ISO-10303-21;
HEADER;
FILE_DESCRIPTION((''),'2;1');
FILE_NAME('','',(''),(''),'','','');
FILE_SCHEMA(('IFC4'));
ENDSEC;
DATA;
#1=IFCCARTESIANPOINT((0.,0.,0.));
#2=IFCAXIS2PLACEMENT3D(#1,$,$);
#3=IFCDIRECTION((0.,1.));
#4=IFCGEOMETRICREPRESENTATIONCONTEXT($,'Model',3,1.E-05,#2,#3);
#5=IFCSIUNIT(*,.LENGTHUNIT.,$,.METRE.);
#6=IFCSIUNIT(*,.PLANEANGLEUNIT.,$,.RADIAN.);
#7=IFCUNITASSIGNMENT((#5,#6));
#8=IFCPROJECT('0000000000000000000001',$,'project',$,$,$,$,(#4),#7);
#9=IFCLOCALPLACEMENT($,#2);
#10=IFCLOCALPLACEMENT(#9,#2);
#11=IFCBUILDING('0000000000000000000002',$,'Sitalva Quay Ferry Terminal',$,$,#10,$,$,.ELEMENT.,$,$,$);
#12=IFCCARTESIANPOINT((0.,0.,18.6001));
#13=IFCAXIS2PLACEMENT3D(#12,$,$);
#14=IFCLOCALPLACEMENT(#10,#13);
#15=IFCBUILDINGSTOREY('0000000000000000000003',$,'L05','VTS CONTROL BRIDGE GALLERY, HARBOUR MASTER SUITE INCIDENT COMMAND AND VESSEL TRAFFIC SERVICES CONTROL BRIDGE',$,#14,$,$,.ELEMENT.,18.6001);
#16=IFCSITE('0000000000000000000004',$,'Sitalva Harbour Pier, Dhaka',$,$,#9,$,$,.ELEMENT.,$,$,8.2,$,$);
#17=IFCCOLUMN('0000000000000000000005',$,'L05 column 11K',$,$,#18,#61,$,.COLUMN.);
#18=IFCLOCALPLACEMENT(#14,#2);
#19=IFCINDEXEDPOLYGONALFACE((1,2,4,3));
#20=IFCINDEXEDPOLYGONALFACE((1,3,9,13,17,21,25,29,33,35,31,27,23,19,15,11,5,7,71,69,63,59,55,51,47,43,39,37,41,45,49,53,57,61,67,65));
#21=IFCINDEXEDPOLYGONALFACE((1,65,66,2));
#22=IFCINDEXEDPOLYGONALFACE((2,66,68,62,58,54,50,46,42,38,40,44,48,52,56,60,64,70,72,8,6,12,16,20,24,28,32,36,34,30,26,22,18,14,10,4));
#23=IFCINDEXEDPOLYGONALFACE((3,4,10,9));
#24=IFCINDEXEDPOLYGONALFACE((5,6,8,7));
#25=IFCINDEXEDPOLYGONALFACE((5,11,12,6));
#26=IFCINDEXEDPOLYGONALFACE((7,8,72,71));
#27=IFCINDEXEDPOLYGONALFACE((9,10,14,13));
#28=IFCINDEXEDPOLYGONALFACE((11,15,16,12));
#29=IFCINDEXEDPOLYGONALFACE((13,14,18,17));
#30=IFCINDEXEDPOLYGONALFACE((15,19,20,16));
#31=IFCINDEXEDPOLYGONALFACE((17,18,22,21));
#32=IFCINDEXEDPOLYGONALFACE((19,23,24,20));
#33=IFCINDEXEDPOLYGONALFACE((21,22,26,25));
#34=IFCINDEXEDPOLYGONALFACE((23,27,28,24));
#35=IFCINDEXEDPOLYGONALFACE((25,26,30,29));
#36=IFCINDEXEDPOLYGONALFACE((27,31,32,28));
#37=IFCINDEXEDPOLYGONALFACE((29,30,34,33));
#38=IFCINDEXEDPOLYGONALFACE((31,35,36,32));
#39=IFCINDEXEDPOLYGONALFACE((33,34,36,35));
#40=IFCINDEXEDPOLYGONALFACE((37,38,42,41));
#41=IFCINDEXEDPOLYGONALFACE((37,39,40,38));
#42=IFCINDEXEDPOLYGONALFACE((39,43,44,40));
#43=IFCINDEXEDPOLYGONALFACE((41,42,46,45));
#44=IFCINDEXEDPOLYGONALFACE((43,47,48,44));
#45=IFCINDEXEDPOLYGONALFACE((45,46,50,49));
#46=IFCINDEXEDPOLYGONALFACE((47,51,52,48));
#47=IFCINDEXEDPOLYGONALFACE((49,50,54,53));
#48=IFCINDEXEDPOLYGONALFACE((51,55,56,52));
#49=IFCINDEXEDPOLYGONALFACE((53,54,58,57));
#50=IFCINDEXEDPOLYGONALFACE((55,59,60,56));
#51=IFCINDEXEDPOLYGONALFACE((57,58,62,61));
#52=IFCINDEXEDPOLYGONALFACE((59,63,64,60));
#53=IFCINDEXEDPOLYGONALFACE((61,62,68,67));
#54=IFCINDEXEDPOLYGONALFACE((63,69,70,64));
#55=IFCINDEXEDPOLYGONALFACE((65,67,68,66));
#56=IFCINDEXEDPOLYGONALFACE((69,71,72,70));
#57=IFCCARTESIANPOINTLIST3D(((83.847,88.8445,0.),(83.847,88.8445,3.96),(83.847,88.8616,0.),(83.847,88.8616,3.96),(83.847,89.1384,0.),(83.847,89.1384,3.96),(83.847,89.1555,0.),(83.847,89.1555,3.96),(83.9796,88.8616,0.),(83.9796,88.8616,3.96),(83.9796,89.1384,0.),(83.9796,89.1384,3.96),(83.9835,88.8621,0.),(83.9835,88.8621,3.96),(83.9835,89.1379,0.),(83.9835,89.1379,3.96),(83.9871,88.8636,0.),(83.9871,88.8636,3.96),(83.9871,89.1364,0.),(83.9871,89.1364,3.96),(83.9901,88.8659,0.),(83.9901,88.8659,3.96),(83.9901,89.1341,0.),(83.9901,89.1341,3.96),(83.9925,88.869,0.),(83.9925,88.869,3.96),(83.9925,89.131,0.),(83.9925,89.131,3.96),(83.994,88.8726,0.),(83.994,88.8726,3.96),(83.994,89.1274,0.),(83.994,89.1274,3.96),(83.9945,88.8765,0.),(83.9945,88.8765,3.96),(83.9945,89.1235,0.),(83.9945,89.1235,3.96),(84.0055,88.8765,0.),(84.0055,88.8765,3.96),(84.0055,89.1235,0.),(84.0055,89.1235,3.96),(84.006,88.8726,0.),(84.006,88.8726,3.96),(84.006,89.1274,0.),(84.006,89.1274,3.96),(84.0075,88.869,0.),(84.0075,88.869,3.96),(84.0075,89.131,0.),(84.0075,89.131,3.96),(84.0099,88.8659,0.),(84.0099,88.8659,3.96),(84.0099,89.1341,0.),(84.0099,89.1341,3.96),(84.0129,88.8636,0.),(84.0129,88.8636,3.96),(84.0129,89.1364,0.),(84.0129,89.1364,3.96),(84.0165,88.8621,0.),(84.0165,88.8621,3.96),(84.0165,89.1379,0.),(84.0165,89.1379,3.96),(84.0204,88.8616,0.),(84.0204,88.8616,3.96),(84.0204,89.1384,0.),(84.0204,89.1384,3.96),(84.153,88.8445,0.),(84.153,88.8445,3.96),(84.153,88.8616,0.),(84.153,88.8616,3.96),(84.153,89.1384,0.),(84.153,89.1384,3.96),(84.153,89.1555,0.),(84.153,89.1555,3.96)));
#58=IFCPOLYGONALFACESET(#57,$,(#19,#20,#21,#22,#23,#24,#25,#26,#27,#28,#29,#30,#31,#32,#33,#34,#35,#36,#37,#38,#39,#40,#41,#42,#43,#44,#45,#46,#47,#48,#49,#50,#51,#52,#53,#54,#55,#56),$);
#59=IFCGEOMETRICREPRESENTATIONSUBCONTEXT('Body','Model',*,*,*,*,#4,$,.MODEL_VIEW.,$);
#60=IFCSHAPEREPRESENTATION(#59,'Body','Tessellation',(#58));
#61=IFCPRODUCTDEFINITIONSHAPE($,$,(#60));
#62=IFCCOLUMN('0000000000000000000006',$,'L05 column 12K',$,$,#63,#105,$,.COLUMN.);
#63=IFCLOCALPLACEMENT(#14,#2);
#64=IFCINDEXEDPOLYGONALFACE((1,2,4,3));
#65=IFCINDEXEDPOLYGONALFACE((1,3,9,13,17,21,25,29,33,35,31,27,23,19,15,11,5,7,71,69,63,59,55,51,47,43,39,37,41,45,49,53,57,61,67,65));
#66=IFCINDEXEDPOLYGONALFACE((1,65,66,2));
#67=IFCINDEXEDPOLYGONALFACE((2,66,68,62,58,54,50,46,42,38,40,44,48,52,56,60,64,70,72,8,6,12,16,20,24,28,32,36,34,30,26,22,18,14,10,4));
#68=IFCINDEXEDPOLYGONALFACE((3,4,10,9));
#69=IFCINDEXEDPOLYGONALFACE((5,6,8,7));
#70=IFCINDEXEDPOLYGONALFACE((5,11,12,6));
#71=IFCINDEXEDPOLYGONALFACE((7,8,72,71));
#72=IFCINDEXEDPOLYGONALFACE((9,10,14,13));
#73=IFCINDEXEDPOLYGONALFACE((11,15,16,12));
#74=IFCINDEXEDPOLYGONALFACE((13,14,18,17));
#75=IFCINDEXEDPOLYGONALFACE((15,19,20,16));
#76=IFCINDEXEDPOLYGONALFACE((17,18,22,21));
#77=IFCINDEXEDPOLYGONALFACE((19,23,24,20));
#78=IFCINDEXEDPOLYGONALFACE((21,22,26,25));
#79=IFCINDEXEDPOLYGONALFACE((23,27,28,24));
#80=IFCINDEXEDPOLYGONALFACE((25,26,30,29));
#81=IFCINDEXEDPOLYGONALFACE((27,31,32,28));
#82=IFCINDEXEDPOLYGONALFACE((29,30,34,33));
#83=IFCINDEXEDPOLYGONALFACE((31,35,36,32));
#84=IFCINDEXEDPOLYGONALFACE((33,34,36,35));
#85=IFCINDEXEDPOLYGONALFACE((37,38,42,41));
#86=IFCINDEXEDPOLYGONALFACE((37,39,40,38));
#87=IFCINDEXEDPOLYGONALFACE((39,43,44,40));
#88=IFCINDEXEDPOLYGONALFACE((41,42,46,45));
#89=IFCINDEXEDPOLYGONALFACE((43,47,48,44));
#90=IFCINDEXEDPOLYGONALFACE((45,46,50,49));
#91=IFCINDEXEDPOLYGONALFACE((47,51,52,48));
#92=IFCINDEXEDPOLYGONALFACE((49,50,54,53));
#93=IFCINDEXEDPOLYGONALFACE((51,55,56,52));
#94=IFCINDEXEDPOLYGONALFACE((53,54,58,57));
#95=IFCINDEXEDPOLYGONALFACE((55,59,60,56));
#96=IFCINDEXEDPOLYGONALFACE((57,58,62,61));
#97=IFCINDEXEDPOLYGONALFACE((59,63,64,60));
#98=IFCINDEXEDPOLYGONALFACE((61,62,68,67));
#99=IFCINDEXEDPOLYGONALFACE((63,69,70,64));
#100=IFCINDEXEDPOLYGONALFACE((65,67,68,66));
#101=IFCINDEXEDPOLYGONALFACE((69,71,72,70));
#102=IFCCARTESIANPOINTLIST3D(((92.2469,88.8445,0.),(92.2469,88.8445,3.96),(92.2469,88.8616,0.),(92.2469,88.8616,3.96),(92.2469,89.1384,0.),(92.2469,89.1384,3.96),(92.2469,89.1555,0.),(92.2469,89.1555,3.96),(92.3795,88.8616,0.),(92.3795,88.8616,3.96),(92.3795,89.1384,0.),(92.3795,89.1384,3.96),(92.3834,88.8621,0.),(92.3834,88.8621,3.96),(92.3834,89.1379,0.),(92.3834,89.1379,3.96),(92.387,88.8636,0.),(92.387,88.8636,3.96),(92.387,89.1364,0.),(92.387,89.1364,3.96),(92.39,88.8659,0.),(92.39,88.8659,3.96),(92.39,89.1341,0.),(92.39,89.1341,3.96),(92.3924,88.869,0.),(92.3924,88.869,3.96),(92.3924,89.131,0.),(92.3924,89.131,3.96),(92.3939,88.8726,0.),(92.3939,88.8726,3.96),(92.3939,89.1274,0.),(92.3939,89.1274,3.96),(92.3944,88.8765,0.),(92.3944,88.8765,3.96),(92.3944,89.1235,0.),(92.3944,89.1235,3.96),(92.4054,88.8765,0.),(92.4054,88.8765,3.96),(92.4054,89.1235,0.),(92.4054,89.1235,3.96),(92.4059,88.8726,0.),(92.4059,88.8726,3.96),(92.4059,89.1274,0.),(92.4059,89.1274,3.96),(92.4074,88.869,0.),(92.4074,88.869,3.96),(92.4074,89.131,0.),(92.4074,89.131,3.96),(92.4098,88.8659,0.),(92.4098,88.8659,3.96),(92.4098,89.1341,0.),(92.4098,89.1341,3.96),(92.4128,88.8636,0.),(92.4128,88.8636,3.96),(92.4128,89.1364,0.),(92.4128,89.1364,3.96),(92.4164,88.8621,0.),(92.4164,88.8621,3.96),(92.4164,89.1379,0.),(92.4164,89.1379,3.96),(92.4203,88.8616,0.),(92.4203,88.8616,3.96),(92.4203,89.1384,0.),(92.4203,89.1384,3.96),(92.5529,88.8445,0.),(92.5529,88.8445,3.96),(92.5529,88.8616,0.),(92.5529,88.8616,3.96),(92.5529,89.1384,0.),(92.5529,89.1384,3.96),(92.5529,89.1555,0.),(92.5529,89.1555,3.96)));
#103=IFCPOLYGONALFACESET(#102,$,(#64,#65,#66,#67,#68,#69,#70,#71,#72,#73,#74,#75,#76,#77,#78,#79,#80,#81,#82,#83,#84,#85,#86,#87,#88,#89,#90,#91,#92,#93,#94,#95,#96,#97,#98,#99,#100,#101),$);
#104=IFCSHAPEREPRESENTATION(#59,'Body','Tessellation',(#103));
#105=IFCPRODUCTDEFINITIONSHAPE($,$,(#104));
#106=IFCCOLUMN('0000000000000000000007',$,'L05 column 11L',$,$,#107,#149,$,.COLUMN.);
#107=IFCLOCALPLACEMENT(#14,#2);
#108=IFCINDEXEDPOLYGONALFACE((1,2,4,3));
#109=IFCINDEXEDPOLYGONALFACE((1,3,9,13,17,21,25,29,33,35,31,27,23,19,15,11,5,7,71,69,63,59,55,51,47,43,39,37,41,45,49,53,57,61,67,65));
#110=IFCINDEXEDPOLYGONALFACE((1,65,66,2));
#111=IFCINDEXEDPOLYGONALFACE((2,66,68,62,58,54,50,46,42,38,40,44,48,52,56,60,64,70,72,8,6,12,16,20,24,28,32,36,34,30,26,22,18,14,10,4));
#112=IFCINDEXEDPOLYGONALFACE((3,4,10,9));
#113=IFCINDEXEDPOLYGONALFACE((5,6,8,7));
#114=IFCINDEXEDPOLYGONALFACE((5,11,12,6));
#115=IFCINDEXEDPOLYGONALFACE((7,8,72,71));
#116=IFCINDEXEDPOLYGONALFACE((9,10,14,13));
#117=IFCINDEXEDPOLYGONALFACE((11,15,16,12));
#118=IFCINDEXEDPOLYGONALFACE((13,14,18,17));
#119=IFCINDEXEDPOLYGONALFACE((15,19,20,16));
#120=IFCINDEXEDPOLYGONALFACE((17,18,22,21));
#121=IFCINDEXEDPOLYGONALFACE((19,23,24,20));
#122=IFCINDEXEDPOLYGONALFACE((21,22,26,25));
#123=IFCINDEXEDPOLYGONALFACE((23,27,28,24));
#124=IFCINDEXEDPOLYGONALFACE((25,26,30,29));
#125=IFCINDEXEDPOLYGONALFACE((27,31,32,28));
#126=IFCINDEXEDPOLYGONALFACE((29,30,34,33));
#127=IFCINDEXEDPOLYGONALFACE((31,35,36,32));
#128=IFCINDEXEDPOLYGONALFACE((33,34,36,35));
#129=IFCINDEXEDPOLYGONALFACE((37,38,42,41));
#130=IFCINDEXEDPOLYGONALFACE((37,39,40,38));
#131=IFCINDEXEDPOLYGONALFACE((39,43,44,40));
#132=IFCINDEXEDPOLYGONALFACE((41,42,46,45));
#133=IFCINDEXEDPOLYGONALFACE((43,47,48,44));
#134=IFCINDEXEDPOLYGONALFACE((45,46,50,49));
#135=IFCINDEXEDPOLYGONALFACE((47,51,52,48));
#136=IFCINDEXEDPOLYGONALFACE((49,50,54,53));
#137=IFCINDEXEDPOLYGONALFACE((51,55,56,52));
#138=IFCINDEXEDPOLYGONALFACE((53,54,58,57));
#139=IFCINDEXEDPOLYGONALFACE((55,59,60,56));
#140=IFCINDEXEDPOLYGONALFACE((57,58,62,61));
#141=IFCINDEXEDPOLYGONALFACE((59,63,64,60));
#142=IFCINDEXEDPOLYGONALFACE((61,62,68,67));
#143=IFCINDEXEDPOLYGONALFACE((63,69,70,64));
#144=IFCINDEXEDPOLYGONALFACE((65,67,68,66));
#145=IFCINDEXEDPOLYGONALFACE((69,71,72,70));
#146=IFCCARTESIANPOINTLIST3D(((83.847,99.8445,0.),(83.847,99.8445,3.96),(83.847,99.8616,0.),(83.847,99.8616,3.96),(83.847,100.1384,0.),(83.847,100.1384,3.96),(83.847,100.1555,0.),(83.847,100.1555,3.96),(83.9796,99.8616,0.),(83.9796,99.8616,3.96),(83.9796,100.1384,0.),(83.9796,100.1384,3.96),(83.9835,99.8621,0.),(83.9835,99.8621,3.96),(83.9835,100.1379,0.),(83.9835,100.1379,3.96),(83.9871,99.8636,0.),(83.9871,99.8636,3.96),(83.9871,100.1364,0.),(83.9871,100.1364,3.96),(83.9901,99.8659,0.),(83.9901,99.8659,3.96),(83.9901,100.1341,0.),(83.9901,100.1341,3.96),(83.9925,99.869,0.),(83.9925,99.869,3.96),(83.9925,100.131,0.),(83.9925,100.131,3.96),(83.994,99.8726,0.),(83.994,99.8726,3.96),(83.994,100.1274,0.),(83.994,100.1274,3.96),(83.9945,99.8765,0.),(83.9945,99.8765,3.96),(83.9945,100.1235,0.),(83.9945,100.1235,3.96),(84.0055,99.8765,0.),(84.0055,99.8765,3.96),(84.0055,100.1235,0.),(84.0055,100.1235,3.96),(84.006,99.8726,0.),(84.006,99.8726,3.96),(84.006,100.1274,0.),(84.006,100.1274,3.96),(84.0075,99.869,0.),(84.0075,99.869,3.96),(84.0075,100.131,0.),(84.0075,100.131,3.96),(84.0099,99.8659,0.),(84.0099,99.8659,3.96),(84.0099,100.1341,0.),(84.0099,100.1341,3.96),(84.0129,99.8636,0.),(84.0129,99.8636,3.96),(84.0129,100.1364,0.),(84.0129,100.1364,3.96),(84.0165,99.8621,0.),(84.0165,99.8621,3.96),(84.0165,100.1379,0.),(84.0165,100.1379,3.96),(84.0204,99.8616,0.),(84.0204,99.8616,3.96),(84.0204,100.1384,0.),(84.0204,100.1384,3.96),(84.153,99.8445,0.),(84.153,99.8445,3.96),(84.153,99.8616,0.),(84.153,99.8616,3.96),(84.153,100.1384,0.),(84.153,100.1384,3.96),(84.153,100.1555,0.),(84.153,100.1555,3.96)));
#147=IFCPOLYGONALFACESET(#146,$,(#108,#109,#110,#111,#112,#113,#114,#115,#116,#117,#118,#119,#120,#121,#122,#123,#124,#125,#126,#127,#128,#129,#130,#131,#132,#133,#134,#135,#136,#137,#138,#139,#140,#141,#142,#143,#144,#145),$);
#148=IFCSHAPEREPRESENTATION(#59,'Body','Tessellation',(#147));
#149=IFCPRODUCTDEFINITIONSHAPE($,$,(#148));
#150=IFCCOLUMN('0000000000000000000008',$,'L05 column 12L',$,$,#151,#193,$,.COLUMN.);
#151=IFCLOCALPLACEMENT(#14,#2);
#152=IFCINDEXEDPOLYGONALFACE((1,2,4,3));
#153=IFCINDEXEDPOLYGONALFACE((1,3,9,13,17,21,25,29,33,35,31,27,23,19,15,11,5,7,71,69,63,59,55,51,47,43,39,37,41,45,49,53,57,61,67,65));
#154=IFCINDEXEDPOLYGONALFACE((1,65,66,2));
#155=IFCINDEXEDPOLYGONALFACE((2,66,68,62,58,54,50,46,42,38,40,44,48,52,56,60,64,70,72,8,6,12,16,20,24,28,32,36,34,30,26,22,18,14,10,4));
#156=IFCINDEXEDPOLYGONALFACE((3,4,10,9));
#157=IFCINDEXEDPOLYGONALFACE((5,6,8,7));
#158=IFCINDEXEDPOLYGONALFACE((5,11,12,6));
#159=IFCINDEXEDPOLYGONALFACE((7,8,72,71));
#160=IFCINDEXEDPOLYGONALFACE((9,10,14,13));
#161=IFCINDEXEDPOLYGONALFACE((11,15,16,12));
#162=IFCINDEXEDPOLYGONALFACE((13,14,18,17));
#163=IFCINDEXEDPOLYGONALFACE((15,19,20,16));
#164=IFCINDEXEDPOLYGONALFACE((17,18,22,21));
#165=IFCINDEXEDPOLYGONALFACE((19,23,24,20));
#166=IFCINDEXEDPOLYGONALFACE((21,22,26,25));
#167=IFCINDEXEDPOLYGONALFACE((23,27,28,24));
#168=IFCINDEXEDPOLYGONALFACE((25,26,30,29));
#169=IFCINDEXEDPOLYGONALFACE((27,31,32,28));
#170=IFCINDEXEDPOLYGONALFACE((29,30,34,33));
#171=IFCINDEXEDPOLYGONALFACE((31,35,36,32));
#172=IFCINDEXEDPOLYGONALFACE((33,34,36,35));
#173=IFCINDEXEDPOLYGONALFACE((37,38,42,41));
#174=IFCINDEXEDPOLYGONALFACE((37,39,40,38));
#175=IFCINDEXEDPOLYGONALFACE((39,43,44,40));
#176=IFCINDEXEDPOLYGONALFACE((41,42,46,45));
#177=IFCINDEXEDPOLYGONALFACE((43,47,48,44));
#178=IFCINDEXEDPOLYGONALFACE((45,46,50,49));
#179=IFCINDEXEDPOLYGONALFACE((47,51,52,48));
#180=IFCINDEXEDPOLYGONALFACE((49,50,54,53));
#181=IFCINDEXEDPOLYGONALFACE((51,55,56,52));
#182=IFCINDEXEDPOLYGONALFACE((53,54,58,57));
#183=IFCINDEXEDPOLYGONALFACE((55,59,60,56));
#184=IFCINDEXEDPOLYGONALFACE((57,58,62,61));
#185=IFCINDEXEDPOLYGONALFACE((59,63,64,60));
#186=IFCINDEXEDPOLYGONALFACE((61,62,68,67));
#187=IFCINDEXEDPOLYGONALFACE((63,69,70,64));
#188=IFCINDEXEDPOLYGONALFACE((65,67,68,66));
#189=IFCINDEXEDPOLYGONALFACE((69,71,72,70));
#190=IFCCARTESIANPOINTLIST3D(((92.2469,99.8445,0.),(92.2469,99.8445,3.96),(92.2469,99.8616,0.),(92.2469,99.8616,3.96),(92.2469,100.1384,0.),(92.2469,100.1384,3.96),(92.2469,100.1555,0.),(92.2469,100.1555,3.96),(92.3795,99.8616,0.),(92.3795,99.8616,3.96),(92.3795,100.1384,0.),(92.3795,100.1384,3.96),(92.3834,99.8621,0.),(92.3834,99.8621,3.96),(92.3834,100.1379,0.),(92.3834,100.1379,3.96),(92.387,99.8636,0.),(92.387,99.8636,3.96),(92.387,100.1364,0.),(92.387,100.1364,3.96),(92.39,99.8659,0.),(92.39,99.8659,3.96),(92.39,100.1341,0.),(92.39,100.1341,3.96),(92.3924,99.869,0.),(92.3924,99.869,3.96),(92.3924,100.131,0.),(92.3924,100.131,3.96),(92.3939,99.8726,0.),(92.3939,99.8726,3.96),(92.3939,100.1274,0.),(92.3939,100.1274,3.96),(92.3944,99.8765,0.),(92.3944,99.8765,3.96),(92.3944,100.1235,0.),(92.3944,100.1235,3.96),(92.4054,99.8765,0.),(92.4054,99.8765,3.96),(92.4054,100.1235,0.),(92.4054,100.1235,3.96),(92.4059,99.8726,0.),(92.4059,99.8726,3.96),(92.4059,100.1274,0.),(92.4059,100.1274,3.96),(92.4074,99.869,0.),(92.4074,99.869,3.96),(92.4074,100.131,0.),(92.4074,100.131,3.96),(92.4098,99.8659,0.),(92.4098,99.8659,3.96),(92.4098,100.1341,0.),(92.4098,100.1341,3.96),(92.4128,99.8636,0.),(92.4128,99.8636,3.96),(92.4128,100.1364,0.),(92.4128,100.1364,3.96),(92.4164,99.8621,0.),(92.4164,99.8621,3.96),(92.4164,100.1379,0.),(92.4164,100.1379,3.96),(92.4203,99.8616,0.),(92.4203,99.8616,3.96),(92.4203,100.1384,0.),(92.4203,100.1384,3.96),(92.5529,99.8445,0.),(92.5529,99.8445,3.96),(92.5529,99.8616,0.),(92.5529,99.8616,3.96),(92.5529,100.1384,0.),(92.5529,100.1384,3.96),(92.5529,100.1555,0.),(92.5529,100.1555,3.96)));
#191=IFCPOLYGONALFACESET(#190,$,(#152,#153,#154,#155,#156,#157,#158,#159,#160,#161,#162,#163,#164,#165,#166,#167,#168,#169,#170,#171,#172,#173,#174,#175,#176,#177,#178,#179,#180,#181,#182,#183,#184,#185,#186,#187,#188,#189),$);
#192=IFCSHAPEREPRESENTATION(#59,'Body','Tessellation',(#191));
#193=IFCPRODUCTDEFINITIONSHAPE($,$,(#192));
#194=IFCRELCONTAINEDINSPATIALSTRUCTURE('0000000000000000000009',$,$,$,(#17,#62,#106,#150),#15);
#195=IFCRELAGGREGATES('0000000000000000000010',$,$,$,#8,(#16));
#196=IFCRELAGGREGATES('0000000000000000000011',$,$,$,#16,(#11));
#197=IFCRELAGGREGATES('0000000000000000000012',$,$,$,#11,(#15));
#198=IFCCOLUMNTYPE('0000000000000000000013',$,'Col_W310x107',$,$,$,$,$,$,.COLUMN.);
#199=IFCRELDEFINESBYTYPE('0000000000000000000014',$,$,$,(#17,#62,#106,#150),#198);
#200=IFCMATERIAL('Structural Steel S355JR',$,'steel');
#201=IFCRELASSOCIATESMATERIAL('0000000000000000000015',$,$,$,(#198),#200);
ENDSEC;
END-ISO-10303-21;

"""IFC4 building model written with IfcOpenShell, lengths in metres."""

from ifc_helpers import new_model, si_unit, direction, frame, origin, origin_2d, place, context, subcontext, project, spatial, i_section, extrude, material, material_profile, profile_set, type_object, element, save


model = new_model("IFC4")

# Units and contexts
model_context = context("Model", 3, precision=1e-05, world=origin(), true_north=direction((0.0, 1.0)))
body_context = subcontext(model_context, "Body", "Model", "MODEL_VIEW")
ifc_project = project(units=[si_unit("LENGTHUNIT", "METRE"), si_unit("PLANEANGLEUNIT", "RADIAN")], contexts=[model_context])

# Site, building, storey
site_placement = place(None, origin())
site = spatial("IfcSite", under=ifc_project, at=site_placement, Name="Sitalva Harbour Pier, Dhaka", CompositionType="ELEMENT", RefElevation=8.2)
building_placement = place(site_placement, origin())
building = spatial("IfcBuilding", under=site, at=building_placement, Name="Sitalva Quay Ferry Terminal", CompositionType="ELEMENT")
storey_placement = place(building_placement, frame((0.0, 0.0, 18.6001)))
storey = spatial("IfcBuildingStorey", under=building, at=storey_placement, Name="L05", Description="VTS CONTROL BRIDGE GALLERY, HARBOUR MASTER SUITE INCIDENT COMMAND AND VESSEL TRAFFIC SERVICES CONTROL BRIDGE", CompositionType="ELEMENT", Elevation=18.6001)

# Columns
ifc_material_1 = material(Name="Structural Steel S355JR", Category="steel")
ifc_material_profile_1 = material_profile(ifc_material_1, i_section(OverallWidth=0.3059, OverallDepth=0.311, WebThickness=0.011, FlangeThickness=0.0171, FilletRadius=0.0149, at=origin_2d()), Name="W310x107")
ifc_profile_set_1 = profile_set([ifc_material_profile_1], Name="Structural Steel S355JR")
column_type = type_object("IfcColumnType", Name="Col_W310x107", PredefinedType="COLUMN", material=ifc_profile_set_1)
for number, where, z_axis, x_axis, name in (
    (1, (84.0, 89.0, 0.0), (0.0, 0.0, 1.0), (1.0, 0.0, 0.0), "L05 column 11K"),
    (2, (92.3999, 89.0, 0.0), (0.0, 0.0, 1.0), (1.0, 0.0, 0.0), "L05 column 12K"),
    (3, (84.0, 100.0, 0.0), (0.0, 0.0, 1.0), (1.0, 0.0, 0.0), "L05 column 11L"),
    (4, (92.3999, 100.0, 0.0), (0.0, 0.0, 1.0), (1.0, 0.0, 0.0), "L05 column 12L"),
):
    element("IfcColumn", number, at=place(storey_placement, frame(where, z_axis=z_axis, x_axis=x_axis)), inside=storey, type_object=column_type, Name=name, PredefinedType="COLUMN", context=body_context, shape_type="SweptSolid", body=[
        extrude(i_section(OverallWidth=0.3059, OverallDepth=0.311, WebThickness=0.011, FlangeThickness=0.0171, FilletRadius=0.0149, at=origin_2d()), origin(), (0.0, 0.0, 1.0), 3.96),
    ])

save(model, "model.ifc")
